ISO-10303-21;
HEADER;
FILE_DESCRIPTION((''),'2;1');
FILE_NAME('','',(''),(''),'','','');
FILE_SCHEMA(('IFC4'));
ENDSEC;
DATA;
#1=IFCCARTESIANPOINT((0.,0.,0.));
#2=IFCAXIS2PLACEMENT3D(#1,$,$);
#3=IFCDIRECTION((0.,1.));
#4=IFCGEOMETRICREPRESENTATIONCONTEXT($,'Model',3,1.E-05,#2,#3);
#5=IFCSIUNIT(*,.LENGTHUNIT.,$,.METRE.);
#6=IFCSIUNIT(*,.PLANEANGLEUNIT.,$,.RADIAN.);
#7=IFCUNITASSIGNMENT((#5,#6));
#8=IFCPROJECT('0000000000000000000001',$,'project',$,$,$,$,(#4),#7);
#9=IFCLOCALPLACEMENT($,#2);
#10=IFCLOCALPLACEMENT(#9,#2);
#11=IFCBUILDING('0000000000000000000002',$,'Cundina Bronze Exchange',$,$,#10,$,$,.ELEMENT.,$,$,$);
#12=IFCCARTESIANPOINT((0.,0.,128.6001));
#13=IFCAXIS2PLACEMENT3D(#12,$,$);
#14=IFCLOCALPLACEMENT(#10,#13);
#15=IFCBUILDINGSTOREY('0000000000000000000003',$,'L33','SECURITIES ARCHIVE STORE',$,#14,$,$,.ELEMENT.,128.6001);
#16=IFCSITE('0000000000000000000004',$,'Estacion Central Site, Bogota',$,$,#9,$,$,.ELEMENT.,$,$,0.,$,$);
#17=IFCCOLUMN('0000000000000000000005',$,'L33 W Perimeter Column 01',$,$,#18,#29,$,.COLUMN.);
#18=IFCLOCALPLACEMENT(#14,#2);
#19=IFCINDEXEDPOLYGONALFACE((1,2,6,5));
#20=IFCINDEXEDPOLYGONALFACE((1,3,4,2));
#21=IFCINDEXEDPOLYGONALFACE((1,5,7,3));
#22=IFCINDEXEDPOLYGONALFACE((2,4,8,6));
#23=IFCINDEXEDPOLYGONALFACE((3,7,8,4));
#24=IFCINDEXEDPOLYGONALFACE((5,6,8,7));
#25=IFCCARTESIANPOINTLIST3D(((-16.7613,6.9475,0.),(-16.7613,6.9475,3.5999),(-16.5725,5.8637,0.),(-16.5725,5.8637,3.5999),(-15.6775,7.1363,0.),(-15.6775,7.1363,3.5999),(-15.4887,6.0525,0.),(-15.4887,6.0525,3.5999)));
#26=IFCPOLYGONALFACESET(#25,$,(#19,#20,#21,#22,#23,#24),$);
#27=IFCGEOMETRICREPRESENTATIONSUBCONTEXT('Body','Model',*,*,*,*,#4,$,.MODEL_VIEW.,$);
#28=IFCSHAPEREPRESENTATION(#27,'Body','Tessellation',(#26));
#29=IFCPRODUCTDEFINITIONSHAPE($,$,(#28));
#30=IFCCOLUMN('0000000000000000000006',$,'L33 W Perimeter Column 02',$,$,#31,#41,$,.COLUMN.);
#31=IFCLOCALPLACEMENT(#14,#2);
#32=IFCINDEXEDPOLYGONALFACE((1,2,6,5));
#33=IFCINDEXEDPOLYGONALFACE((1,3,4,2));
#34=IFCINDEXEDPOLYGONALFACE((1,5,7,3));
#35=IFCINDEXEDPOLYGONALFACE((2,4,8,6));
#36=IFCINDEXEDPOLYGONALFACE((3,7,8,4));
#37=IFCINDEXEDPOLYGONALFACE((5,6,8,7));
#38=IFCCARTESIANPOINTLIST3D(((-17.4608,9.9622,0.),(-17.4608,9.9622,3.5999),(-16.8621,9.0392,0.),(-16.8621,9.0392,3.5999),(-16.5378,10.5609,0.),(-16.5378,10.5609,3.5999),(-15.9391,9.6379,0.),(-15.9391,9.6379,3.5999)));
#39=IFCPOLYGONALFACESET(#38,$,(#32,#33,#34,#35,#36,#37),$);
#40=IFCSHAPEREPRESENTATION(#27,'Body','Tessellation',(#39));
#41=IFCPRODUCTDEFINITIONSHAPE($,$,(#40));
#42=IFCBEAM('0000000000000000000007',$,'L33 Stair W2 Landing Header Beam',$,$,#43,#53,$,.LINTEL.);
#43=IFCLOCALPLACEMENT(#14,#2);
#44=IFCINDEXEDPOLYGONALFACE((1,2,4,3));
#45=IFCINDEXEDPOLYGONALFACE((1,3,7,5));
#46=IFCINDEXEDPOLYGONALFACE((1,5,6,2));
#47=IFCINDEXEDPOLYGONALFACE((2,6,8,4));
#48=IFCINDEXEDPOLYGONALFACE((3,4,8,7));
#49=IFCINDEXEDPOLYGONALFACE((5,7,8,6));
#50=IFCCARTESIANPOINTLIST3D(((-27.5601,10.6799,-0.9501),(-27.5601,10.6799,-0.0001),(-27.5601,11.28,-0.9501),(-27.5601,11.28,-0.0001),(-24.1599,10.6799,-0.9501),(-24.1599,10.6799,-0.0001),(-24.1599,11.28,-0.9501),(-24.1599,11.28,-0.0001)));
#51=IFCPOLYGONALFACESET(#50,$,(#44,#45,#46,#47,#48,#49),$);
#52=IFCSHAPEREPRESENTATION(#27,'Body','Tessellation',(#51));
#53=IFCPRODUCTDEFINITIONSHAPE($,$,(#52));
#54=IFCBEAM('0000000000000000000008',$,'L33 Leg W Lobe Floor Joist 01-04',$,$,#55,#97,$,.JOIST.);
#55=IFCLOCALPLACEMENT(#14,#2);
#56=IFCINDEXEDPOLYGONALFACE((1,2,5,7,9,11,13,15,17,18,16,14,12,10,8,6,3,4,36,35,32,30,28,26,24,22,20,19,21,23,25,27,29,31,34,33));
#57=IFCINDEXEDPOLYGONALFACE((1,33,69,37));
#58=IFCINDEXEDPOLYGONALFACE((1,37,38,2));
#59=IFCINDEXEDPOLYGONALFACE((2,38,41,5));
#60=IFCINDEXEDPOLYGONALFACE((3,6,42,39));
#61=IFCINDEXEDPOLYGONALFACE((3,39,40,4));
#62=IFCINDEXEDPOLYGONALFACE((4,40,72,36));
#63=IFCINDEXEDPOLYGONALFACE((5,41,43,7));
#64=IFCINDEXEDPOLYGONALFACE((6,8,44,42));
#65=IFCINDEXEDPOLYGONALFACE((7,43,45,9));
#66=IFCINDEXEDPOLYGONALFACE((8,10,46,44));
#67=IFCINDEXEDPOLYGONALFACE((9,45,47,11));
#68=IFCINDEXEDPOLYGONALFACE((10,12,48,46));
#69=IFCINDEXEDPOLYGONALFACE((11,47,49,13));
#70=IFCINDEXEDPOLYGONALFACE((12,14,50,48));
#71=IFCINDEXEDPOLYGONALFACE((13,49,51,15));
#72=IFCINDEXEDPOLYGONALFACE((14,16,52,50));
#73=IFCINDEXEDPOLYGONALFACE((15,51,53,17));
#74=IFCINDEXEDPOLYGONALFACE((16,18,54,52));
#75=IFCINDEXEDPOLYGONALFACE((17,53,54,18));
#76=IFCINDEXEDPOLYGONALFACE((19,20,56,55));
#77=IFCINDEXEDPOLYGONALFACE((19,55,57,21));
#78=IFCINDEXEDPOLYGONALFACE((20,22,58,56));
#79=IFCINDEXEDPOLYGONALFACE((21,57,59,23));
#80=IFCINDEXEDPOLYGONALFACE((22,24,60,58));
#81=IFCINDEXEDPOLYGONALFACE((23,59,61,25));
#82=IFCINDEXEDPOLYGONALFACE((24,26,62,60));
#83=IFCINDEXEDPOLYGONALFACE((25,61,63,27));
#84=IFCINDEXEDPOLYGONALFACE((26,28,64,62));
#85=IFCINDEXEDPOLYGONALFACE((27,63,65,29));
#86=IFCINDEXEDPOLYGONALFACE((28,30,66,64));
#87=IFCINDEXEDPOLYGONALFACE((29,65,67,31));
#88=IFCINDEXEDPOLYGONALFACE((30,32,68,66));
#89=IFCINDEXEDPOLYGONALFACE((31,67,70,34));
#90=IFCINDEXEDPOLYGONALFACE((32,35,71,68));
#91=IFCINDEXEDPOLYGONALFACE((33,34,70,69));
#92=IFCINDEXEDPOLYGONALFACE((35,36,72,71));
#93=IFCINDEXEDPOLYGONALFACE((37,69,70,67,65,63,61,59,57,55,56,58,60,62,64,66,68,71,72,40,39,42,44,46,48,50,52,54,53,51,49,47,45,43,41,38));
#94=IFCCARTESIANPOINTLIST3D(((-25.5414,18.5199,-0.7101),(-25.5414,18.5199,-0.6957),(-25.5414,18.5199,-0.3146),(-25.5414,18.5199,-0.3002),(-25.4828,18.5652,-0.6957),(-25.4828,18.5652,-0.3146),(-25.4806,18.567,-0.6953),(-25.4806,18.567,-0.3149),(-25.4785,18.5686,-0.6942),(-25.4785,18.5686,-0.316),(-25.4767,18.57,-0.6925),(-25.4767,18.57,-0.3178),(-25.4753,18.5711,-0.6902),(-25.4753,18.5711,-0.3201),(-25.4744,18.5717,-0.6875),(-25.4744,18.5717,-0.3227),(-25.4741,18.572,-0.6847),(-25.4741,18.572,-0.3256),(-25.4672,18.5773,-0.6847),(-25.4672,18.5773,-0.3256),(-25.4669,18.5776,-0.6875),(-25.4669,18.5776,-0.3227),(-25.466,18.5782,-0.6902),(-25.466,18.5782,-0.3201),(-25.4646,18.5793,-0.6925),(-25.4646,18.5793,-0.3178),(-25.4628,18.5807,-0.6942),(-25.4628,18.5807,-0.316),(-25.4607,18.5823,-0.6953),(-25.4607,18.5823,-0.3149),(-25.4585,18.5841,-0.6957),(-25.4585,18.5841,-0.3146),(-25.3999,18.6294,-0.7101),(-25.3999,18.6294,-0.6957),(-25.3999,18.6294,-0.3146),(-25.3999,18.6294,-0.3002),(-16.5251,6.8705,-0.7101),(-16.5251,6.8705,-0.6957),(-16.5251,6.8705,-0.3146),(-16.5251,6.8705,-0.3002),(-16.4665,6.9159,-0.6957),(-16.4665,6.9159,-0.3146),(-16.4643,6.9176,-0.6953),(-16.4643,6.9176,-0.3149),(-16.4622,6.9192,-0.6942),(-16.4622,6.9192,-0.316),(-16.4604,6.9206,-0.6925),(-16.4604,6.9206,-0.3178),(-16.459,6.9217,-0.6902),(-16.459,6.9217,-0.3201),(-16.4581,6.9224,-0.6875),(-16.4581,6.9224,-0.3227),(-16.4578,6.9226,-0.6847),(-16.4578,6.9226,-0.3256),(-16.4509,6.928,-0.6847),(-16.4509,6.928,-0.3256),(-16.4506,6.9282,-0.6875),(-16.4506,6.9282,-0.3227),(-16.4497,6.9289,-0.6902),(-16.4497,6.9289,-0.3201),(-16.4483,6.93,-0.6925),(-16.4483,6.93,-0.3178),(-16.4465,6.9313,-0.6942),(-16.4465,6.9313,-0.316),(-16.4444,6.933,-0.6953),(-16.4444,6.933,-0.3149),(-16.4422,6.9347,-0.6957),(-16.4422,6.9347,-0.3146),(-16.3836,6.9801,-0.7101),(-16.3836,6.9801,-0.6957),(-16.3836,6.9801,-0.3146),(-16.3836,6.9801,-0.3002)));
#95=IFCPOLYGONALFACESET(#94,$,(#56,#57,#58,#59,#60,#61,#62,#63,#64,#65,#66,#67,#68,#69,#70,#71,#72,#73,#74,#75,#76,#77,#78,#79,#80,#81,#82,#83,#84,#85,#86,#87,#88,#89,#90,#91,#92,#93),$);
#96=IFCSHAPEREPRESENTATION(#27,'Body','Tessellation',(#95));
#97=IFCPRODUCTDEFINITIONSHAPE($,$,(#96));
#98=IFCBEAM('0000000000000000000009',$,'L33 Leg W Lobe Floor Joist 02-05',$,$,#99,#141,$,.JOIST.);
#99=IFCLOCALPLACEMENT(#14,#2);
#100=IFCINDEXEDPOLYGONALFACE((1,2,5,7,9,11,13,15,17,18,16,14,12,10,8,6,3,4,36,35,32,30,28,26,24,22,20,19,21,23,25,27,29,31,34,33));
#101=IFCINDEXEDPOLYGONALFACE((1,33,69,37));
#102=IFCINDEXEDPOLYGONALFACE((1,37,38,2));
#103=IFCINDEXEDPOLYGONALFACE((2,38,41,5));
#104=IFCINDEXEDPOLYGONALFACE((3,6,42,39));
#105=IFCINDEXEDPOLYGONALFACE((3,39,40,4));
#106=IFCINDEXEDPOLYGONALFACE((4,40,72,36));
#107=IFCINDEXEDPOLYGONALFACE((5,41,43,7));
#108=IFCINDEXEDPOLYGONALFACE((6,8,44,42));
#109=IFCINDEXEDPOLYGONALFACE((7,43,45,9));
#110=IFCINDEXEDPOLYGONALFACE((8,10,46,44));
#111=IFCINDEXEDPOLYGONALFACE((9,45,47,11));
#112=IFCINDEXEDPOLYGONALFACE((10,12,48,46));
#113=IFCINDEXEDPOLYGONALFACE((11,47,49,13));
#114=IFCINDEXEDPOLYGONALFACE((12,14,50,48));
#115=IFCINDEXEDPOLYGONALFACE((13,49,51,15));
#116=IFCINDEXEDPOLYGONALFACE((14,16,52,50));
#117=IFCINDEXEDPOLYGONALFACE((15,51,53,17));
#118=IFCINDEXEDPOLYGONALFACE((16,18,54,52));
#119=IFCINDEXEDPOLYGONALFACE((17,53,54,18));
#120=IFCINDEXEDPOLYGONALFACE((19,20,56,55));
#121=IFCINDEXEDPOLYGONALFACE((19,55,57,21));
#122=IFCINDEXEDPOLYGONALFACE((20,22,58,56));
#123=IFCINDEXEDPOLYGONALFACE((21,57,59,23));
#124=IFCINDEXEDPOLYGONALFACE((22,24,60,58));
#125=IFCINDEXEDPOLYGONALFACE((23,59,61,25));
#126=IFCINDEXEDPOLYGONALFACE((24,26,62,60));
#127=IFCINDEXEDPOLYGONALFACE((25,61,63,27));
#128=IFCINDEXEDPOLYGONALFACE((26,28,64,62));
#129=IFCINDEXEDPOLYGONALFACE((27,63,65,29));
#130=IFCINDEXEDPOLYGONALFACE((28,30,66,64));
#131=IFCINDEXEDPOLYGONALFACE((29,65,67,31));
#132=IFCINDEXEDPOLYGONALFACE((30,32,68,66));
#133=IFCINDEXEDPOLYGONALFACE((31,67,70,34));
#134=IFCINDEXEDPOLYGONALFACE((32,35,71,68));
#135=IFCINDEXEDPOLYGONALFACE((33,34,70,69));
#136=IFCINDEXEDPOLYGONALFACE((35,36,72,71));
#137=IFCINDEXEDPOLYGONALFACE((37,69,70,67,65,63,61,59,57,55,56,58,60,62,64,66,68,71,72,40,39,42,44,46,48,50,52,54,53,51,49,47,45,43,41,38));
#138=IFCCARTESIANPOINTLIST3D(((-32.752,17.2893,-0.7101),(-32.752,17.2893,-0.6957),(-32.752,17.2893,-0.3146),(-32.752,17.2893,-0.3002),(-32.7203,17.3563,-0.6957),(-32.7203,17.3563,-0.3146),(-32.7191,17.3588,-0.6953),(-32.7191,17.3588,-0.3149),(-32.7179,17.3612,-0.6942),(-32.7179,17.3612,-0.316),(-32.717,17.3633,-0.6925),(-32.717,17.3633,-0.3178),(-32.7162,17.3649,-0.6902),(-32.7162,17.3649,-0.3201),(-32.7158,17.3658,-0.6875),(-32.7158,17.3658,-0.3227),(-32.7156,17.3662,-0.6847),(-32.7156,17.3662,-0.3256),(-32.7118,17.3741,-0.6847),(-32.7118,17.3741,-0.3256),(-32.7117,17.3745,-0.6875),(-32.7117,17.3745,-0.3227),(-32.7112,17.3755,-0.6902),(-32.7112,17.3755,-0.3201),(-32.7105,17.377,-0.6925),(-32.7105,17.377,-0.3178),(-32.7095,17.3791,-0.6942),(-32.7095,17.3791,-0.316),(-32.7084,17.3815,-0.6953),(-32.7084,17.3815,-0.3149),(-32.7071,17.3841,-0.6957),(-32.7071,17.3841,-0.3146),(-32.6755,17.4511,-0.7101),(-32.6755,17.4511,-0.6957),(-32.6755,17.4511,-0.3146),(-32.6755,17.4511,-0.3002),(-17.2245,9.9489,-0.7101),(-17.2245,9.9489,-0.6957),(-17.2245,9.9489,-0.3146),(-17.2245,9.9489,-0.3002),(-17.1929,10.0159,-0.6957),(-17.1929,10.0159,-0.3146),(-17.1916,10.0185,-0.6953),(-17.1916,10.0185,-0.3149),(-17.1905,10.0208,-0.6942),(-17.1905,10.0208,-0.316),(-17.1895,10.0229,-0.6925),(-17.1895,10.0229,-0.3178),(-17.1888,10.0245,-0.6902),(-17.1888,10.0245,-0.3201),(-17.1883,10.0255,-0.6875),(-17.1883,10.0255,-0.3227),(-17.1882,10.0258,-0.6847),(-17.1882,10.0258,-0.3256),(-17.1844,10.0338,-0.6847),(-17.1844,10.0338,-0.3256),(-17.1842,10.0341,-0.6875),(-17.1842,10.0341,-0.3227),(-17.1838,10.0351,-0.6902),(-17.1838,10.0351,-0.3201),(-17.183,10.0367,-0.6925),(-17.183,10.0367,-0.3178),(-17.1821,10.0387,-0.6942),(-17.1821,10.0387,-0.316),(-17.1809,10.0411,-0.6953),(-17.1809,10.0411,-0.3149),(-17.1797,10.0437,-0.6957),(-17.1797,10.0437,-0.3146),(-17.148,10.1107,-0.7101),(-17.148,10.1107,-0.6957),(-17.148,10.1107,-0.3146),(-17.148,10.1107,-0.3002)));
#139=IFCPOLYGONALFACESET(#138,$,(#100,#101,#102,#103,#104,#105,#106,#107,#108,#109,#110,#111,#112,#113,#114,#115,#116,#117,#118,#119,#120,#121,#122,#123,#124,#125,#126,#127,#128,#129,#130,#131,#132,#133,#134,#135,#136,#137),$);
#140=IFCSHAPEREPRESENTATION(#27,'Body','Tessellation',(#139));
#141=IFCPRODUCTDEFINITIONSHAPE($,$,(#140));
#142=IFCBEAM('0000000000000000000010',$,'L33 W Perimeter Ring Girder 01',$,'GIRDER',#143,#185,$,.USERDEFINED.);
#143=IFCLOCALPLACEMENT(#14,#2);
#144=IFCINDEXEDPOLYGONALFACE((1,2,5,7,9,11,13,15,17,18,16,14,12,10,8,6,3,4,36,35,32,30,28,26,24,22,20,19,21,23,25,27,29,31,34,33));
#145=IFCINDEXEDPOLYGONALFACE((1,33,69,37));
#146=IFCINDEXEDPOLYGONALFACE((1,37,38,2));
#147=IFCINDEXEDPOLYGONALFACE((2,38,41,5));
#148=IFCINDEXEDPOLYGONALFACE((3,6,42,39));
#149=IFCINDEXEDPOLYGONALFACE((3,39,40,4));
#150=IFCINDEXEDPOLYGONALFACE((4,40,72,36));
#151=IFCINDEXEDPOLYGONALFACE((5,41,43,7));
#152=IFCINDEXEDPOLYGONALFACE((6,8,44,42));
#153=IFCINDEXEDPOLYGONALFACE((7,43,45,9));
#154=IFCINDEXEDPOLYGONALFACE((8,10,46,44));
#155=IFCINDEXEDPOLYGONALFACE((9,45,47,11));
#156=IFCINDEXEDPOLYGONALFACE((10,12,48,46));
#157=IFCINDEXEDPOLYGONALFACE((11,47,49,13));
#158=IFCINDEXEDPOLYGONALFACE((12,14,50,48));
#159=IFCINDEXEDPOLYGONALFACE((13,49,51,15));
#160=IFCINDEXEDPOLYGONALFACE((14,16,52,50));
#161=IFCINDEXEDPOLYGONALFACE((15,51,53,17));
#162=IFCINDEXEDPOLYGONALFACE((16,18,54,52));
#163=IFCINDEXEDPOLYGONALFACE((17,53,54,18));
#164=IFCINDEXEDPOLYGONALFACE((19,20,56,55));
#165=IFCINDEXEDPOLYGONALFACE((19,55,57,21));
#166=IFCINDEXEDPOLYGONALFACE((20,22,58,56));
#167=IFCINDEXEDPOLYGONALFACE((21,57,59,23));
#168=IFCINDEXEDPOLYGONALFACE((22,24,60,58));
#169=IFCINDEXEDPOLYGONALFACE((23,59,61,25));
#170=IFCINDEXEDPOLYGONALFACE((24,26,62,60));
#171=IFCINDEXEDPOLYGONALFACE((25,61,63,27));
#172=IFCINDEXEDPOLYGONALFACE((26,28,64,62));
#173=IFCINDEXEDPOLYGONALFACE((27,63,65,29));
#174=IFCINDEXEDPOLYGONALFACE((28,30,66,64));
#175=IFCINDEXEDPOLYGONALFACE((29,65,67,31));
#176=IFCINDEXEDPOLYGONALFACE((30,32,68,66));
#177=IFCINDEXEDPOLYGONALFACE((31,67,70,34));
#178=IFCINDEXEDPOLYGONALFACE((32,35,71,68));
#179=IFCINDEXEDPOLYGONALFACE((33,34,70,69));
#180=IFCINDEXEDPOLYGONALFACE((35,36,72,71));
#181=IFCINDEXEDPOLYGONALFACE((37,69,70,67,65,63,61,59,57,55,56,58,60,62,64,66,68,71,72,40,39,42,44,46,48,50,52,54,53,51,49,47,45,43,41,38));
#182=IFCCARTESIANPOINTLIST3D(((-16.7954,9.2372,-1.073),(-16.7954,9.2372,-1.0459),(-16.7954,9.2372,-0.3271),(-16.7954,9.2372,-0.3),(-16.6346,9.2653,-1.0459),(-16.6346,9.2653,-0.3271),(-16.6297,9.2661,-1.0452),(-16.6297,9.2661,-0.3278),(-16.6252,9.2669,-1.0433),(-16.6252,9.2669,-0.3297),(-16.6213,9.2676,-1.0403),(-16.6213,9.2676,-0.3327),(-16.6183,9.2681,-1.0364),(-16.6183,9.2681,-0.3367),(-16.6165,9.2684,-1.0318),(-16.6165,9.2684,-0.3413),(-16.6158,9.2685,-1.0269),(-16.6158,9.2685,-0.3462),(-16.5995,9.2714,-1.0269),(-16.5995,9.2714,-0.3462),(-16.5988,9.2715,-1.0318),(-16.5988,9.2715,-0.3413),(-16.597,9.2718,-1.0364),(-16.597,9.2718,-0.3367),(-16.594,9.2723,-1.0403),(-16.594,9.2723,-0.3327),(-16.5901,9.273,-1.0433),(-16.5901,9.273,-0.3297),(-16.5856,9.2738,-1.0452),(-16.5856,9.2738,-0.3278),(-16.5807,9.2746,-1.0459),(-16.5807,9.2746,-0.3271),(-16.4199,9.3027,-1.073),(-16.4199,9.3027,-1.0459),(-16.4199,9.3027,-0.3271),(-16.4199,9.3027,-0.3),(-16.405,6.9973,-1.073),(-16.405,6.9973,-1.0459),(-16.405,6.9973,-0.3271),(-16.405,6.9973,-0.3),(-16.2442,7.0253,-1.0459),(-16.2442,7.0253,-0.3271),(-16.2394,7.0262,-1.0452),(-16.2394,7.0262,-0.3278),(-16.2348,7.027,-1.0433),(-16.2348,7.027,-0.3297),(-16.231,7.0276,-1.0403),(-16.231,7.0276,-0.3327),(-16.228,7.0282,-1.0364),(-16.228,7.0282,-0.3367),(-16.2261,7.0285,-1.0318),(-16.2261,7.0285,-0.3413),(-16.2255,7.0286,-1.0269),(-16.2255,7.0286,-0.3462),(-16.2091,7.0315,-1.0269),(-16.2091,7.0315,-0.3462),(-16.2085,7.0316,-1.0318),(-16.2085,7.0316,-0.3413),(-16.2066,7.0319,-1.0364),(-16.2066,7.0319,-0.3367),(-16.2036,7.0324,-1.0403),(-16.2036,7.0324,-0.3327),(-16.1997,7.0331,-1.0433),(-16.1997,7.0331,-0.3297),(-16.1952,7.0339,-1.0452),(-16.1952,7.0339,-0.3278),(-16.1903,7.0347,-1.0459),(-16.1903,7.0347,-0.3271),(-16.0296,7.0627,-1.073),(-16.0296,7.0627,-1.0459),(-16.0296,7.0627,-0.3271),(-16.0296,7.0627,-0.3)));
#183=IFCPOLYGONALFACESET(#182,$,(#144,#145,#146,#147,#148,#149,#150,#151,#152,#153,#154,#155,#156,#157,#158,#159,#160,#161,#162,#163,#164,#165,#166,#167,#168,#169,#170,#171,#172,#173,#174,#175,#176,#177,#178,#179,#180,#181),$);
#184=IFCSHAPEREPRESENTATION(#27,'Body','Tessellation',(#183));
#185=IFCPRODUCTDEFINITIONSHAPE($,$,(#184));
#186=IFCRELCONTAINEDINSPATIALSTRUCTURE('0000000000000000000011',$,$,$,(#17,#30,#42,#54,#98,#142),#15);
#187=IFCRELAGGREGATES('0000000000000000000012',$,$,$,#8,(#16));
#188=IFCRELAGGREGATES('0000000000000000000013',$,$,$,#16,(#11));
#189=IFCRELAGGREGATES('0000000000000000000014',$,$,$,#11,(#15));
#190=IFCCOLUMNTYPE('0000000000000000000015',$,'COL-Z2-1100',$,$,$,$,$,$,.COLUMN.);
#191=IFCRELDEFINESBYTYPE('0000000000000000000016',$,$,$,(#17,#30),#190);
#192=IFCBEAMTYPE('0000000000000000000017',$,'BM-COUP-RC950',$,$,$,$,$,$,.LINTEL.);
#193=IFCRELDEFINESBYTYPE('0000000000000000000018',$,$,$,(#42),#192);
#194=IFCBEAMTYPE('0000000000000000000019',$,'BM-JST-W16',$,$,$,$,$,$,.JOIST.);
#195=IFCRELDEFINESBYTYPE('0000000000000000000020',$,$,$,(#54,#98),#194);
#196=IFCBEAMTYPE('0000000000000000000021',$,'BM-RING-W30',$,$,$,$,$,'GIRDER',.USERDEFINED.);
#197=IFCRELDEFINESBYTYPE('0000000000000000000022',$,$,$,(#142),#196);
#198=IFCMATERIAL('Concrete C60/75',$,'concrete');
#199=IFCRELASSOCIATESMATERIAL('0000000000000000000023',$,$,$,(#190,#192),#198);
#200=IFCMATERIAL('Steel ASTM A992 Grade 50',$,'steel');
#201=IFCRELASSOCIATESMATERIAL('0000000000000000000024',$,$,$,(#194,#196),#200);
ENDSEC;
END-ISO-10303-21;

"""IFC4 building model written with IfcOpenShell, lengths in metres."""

from ifc_helpers import new_model, si_unit, direction, frame, origin, origin_2d, place, context, subcontext, project, spatial, rectangle, i_section, extrude, material, material_profile, profile_set, type_object, element, save


model = new_model("IFC4")

# Units and contexts
model_context = context("Model", 3, precision=1e-05, world=origin(), true_north=direction((0.0, 1.0)))
body_context = subcontext(model_context, "Body", "Model", "MODEL_VIEW")
ifc_project = project(units=[si_unit("LENGTHUNIT", "METRE"), si_unit("PLANEANGLEUNIT", "RADIAN")], contexts=[model_context])

# Site, building, storey
site_placement = place(None, origin())
site = spatial("IfcSite", under=ifc_project, at=site_placement, Name="Estacion Central Site, Bogota", CompositionType="ELEMENT", RefElevation=0.0)
building_placement = place(site_placement, origin())
building = spatial("IfcBuilding", under=site, at=building_placement, Name="Cundina Bronze Exchange", CompositionType="ELEMENT")
storey_placement = place(building_placement, frame((0.0, 0.0, 128.6001)))
storey = spatial("IfcBuildingStorey", under=building, at=storey_placement, Name="L33", Description="SECURITIES ARCHIVE STORE", CompositionType="ELEMENT", Elevation=128.6001)

# Columns
ifc_material_1 = material(Name="Concrete C60/75", Category="concrete")
ifc_material_profile_1 = material_profile(ifc_material_1, rectangle(XDim=1.1001, YDim=1.1001, at=origin_2d()), Name="RC1100X1100", Category="concrete")
ifc_profile_set_1 = profile_set([ifc_material_profile_1], Name="Concrete C60/75")
column_type = type_object("IfcColumnType", Name="COL-Z2-1100", PredefinedType="COLUMN", material=ifc_profile_set_1)
for number, where, z_axis, x_axis, name in (
    (1, (-16.125, 6.5, 0.0), (0.0, 0.0, 1.0), (-0.171585, 0.985169, 0.0), "L33 W Perimeter Column 01"),
    (2, (-16.7, 9.8, 0.0), (0.0, 0.0, 1.0), (-0.5442, 0.838956, 0.0), "L33 W Perimeter Column 02"),
):
    element("IfcColumn", number, at=place(storey_placement, frame(where, z_axis=z_axis, x_axis=x_axis)), inside=storey, type_object=column_type, Name=name, PredefinedType="COLUMN", context=body_context, shape_type="SweptSolid", body=[
        extrude(rectangle(XDim=1.1001, YDim=1.1001, at=origin_2d()), origin(), (0.0, 0.0, 1.0), 3.5999),
    ])

# Beams
ifc_material_profile_2 = material_profile(ifc_material_1, rectangle(XDim=0.6001, YDim=0.95, at=origin_2d()), Name="RC600X950", Category="concrete")
ifc_profile_set_2 = profile_set([ifc_material_profile_2], Name="Concrete C60/75")
beam_type_1 = type_object("IfcBeamType", Name="BM-COUP-RC950", PredefinedType="LINTEL", material=ifc_profile_set_2)
beam_1_placement = place(storey_placement, frame((-27.5601, 10.98, -0.4751), z_axis=(1.0, 0.0, 0.0), x_axis=(0.0, 1.0, 0.0)))
element("IfcBeam", 3, at=beam_1_placement, inside=storey, type_object=beam_type_1, Name="L33 Stair W2 Landing Header Beam", PredefinedType="LINTEL", context=body_context, shape_type="SweptSolid", body=[
    extrude(rectangle(XDim=0.6001, YDim=0.95, at=origin_2d()), origin(), (0.0, 0.0, 1.0), 3.4001),
])
ifc_material_2 = material(Name="Steel ASTM A992 Grade 50", Category="steel")
ifc_material_profile_3 = material_profile(ifc_material_2, i_section(OverallWidth=0.179, OverallDepth=0.4099, WebThickness=0.0088, FlangeThickness=0.0144, FilletRadius=0.011, at=origin_2d()), Name="W16X45", Category="steel")
ifc_profile_set_3 = profile_set([ifc_material_profile_3], Name="Steel ASTM A992 Grade 50")
beam_type_2 = type_object("IfcBeamType", Name="BM-JST-W16", PredefinedType="JOIST", material=ifc_profile_set_3)
beam_2_placement = place(storey_placement, frame((-16.4543, 6.9253, -0.5051), z_axis=(-0.612065, 0.790807, 0.0), x_axis=(-0.790807, -0.612065, 0.0)))
element("IfcBeam", 4, at=beam_2_placement, inside=storey, type_object=beam_type_2, Name="L33 Leg W Lobe Floor Joist 01-04", PredefinedType="JOIST", context=body_context, shape_type="SweptSolid", body=[
    extrude(i_section(OverallWidth=0.179, OverallDepth=0.4099, WebThickness=0.0088, FlangeThickness=0.0144, FilletRadius=0.011, at=origin_2d()), origin(), (0.0, 0.0, 1.0), 14.731),
])
beam_3_placement = place(storey_placement, frame((-17.1863, 10.0298, -0.5051), z_axis=(-0.904069, 0.427386, 0.0), x_axis=(-0.427386, -0.904069, 0.0)))
element("IfcBeam", 5, at=beam_3_placement, inside=storey, type_object=beam_type_2, Name="L33 Leg W Lobe Floor Joist 02-05", PredefinedType="JOIST", context=body_context, shape_type="SweptSolid", body=[
    extrude(i_section(OverallWidth=0.179, OverallDepth=0.4099, WebThickness=0.0088, FlangeThickness=0.0144, FilletRadius=0.011, at=origin_2d()), origin(), (0.0, 0.0, 1.0), 17.175),
])
ifc_material_profile_4 = material_profile(ifc_material_2, i_section(OverallWidth=0.3811, OverallDepth=0.7729, WebThickness=0.0166, FlangeThickness=0.0271, FilletRadius=0.019, at=origin_2d()), Name="W30X173", Category="steel")
ifc_profile_set_4 = profile_set([ifc_material_profile_4], Name="Steel ASTM A992 Grade 50")
beam_type_3 = type_object("IfcBeamType", Name="BM-RING-W30", ElementType="GIRDER", PredefinedType="USERDEFINED", material=ifc_profile_set_4)
beam_4_placement = place(storey_placement, frame((-16.2173, 7.03, -0.6865), z_axis=(-0.17169, 0.985151, 0.0), x_axis=(-0.985151, -0.17169, 0.0)))
element("IfcBeam", 6, at=beam_4_placement, inside=storey, type_object=beam_type_3, Name="L33 W Perimeter Ring Girder 01", ObjectType="GIRDER", PredefinedType="USERDEFINED", context=body_context, shape_type="SweptSolid", body=[
    extrude(i_section(OverallWidth=0.3811, OverallDepth=0.7729, WebThickness=0.0166, FlangeThickness=0.0271, FilletRadius=0.019, at=origin_2d()), origin(), (0.0, 0.0, 1.0), 2.2737),
])

save(model, "model.ifc")
